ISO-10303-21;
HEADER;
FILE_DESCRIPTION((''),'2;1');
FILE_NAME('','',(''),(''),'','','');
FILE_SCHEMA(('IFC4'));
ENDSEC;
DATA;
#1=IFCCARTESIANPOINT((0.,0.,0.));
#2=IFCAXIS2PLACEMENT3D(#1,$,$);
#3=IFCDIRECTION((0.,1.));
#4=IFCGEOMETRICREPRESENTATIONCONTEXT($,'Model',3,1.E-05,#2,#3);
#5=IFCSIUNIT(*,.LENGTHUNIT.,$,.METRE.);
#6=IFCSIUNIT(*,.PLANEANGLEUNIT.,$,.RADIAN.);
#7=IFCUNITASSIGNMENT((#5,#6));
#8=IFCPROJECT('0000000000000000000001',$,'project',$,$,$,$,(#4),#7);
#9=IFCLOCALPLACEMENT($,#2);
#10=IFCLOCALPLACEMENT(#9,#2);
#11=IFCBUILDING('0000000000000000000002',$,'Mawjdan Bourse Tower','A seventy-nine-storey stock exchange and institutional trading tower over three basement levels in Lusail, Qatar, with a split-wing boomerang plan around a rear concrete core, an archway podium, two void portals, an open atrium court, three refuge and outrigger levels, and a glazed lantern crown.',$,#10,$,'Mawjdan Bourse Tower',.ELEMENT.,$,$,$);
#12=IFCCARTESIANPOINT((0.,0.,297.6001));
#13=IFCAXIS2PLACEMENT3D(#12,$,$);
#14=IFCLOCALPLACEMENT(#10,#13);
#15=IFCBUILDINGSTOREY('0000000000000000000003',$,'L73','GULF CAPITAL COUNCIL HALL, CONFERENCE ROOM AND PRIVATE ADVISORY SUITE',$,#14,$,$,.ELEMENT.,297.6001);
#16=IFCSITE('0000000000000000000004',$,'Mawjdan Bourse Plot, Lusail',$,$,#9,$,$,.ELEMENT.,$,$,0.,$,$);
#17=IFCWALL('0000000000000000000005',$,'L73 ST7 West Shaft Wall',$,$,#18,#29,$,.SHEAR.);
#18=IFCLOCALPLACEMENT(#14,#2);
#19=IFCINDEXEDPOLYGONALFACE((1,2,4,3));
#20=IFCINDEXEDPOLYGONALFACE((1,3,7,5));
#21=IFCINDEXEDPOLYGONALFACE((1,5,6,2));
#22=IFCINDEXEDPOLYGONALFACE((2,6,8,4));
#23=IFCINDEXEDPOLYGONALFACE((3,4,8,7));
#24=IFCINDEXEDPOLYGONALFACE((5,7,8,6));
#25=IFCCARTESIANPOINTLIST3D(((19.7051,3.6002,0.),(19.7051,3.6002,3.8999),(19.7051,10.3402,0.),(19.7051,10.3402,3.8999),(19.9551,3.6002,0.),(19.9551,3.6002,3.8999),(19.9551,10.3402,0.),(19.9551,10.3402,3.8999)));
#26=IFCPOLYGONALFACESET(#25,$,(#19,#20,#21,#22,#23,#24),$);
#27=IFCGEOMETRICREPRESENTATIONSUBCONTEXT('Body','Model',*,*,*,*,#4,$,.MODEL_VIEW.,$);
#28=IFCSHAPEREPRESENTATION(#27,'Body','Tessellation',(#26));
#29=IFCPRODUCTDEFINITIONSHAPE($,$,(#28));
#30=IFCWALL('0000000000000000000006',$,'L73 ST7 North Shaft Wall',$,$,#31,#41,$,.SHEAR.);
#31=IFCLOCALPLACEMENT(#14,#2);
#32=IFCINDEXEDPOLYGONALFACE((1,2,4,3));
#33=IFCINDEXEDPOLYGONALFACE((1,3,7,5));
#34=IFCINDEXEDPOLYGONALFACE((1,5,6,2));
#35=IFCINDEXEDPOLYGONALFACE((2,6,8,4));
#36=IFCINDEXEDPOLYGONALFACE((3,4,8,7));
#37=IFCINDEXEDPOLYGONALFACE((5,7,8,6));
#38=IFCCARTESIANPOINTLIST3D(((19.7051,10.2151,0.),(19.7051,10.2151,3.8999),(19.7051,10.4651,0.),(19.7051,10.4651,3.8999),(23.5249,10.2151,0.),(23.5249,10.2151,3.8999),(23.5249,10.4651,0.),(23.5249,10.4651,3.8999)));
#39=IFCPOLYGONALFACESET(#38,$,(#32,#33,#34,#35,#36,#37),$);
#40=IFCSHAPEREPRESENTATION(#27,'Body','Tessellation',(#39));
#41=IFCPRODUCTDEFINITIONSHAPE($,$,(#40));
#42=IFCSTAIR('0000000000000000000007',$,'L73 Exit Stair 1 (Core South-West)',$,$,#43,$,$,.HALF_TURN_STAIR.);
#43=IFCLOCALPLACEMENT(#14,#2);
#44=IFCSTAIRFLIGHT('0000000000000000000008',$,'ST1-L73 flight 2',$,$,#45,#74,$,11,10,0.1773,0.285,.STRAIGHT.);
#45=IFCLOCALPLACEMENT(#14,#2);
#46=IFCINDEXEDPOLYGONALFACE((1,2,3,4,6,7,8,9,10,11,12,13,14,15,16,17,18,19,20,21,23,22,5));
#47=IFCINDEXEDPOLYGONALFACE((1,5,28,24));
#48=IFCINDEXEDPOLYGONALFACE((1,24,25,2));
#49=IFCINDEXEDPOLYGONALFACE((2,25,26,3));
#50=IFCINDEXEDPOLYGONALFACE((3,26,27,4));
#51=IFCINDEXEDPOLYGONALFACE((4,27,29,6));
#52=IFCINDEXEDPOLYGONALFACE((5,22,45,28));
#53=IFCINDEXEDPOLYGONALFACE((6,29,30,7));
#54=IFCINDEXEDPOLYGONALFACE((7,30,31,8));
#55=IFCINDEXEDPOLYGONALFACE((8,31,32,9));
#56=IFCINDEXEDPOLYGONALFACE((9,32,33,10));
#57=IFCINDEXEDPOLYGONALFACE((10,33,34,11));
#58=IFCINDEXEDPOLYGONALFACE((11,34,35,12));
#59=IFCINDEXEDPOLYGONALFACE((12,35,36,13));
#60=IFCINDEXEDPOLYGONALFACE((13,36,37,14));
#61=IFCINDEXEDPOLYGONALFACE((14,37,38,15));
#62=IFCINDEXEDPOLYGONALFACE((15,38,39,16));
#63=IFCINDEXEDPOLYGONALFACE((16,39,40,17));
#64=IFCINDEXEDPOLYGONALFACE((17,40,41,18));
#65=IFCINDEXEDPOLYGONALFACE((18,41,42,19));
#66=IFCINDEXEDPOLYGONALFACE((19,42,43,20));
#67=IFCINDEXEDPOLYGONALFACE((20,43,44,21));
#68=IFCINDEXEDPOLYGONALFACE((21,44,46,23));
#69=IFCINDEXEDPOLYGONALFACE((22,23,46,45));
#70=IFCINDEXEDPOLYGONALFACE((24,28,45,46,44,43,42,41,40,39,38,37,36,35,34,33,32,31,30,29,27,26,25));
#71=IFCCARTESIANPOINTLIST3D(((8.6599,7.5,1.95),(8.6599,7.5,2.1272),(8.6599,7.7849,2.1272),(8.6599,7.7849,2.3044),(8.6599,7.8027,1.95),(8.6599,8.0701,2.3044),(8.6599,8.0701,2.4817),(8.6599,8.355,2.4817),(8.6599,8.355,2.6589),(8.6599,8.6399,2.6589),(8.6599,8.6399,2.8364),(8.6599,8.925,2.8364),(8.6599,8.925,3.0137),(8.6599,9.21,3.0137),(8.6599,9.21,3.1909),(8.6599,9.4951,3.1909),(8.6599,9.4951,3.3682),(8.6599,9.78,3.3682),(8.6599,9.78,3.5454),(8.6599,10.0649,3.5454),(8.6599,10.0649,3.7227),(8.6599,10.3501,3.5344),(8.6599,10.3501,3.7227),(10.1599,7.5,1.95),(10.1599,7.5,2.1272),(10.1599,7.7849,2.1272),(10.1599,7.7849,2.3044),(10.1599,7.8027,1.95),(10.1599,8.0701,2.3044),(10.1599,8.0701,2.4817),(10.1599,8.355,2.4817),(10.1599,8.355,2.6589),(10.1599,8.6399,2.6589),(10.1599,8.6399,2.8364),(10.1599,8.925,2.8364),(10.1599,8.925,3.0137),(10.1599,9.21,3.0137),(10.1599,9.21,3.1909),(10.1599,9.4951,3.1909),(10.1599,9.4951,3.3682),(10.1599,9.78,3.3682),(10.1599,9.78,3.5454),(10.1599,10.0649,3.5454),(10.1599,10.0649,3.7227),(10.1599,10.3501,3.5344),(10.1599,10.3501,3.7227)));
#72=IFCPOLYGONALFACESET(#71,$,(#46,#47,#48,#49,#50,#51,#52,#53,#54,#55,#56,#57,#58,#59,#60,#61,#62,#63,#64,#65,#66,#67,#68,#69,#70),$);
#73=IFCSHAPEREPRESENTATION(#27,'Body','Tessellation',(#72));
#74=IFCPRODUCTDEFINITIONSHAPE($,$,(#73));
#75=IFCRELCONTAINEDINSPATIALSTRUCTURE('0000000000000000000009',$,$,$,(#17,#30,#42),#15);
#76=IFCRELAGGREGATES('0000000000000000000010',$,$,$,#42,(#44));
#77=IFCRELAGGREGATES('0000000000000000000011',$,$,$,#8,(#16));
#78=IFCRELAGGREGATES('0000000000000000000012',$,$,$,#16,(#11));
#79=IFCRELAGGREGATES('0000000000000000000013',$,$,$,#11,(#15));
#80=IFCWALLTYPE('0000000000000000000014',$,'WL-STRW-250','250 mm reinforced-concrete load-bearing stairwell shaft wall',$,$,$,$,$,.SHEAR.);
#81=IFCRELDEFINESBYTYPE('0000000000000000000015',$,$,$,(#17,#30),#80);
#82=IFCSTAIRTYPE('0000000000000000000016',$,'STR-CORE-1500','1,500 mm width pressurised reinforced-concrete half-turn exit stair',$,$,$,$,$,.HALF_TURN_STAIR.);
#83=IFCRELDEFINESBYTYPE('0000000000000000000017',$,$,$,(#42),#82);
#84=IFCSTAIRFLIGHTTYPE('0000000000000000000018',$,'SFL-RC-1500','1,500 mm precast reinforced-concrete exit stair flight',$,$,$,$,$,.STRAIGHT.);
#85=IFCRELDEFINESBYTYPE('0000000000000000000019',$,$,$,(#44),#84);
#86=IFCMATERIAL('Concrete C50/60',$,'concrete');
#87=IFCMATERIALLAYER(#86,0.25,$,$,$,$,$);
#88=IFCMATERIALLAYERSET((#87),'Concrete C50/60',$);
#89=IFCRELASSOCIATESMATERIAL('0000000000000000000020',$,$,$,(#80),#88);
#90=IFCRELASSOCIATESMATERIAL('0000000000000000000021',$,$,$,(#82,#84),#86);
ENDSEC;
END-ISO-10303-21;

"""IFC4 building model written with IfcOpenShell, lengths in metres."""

from ifc_helpers import new_model, si_unit, direction, frame, frame_2d, origin, place, context, subcontext, project, spatial, polyline, rectangle, outline, extrude, material, layer, layer_set, type_object, element, aggregate, save


model = new_model("IFC4")

# Units and contexts
model_context = context("Model", 3, precision=1e-05, world=origin(), true_north=direction((0.0, 1.0)))
body_context = subcontext(model_context, "Body", "Model", "MODEL_VIEW")
ifc_project = project(units=[si_unit("LENGTHUNIT", "METRE"), si_unit("PLANEANGLEUNIT", "RADIAN")], contexts=[model_context])

# Site, building, storey
site_placement = place(None, origin())
site = spatial("IfcSite", under=ifc_project, at=site_placement, Name="Mawjdan Bourse Plot, Lusail", CompositionType="ELEMENT", RefElevation=0.0)
building_placement = place(site_placement, origin())
building = spatial("IfcBuilding", under=site, at=building_placement, Name="Mawjdan Bourse Tower", Description="A seventy-nine-storey stock exchange and institutional trading tower over three basement levels in Lusail, Qatar, with a split-wing boomerang plan around a rear concrete core, an archway podium, two void portals, an open atrium court, three refuge and outrigger levels, and a glazed lantern crown.", LongName="Mawjdan Bourse Tower", CompositionType="ELEMENT")
storey_placement = place(building_placement, frame((0.0, 0.0, 297.6001)))
storey = spatial("IfcBuildingStorey", under=building, at=storey_placement, Name="L73", Description="GULF CAPITAL COUNCIL HALL, CONFERENCE ROOM AND PRIVATE ADVISORY SUITE", CompositionType="ELEMENT", Elevation=297.6001)

# Shared definitions
ifc_material_1 = material(Name="Concrete C50/60", Category="concrete")

# Shared definitions
ifc_layer_1 = layer(ifc_material_1, 0.25)
ifc_layer_set_1 = layer_set([ifc_layer_1], Name="Concrete C50/60")
wall_type_1 = type_object("IfcWallType", Name="WL-STRW-250", Description="250 mm reinforced-concrete load-bearing stairwell shaft wall", PredefinedType="SHEAR", material=ifc_layer_set_1)

# Walls
wall_1_placement = place(storey_placement, frame((19.8301, 3.6001, 0.0), z_axis=(0.0, 0.0, 1.0), x_axis=(0.0, 1.0, 0.0)))
element("IfcWall", 1, at=wall_1_placement, inside=storey, type_object=wall_type_1, Name="L73 ST7 West Shaft Wall", PredefinedType="SHEAR", context=body_context, shape_type="SweptSolid", body=[
    extrude(rectangle(XDim=6.74, YDim=0.25, at=frame_2d((3.3701, 0.0))), origin(), (0.0, 0.0, 1.0), 3.8999),
])
wall_2_placement = place(storey_placement, frame((19.7051, 10.3401, 0.0), z_axis=(0.0, 0.0, 1.0), x_axis=(1.0, 0.0, 0.0)))
element("IfcWall", 2, at=wall_2_placement, inside=storey, type_object=wall_type_1, Name="L73 ST7 North Shaft Wall", PredefinedType="SHEAR", context=body_context, shape_type="SweptSolid", body=[
    extrude(rectangle(XDim=3.8198, YDim=0.25, at=frame_2d((1.9099, 0.0))), origin(), (0.0, 0.0, 1.0), 3.8999),
])

# Stair, stair flight
stair_type = type_object("IfcStairType", Name="STR-CORE-1500", Description="1,500 mm width pressurised reinforced-concrete half-turn exit stair", PredefinedType="HALF_TURN_STAIR", material=ifc_material_1)
stair_placement = place(storey_placement, origin())
stair = element("IfcStair", 3, at=stair_placement, inside=storey, type_object=stair_type, Name="L73 Exit Stair 1 (Core South-West)", PredefinedType="HALF_TURN_STAIR")
stair_flight_type = type_object("IfcStairFlightType", Name="SFL-RC-1500", Description="1,500 mm precast reinforced-concrete exit stair flight", PredefinedType="STRAIGHT", material=ifc_material_1)
stair_flight_placement = place(storey_placement, frame((9.4099, 7.5, 1.95), z_axis=(0.0, 0.0, 1.0), x_axis=(0.0, 1.0, 0.0)))
stair_flight = element("IfcStairFlight", 4, at=stair_flight_placement, type_object=stair_flight_type, Name="ST1-L73 flight 2", NumberOfRisers=11, NumberOfTreads=10, PredefinedType="STRAIGHT", RiserHeight=0.1773, TreadLength=0.285, context=body_context, shape_type="SweptSolid", body=[
    extrude(outline(polyline([(0.0, 0.0), (0.0, 0.1772), (0.2849, 0.1772), (0.2849, 0.3545), (0.5701, 0.3545), (0.5701, 0.5317), (0.855, 0.5317), (0.855, 0.709), (1.1399, 0.709), (1.1399, 0.8865), (1.425, 0.8865), (1.425, 1.0637), (1.71, 1.0637), (1.71, 1.241), (1.9951, 1.241), (1.9951, 1.4182), (2.28, 1.4182), (2.28, 1.5955), (2.5649, 1.5955), (2.5649, 1.7727), (2.8501, 1.7727), (2.8501, 1.95), (2.8501, 1.5845), (0.3027, 0.0), (0.0, 0.0)])), frame((0.0, 0.75, 0.0), z_axis=(0.0, -1.0, 0.0), x_axis=(1.0, 0.0, 0.0)), (0.0, 0.0, 1.0), 1.5),
])
aggregate(stair, [stair_flight])

save(model, "model.ifc")
